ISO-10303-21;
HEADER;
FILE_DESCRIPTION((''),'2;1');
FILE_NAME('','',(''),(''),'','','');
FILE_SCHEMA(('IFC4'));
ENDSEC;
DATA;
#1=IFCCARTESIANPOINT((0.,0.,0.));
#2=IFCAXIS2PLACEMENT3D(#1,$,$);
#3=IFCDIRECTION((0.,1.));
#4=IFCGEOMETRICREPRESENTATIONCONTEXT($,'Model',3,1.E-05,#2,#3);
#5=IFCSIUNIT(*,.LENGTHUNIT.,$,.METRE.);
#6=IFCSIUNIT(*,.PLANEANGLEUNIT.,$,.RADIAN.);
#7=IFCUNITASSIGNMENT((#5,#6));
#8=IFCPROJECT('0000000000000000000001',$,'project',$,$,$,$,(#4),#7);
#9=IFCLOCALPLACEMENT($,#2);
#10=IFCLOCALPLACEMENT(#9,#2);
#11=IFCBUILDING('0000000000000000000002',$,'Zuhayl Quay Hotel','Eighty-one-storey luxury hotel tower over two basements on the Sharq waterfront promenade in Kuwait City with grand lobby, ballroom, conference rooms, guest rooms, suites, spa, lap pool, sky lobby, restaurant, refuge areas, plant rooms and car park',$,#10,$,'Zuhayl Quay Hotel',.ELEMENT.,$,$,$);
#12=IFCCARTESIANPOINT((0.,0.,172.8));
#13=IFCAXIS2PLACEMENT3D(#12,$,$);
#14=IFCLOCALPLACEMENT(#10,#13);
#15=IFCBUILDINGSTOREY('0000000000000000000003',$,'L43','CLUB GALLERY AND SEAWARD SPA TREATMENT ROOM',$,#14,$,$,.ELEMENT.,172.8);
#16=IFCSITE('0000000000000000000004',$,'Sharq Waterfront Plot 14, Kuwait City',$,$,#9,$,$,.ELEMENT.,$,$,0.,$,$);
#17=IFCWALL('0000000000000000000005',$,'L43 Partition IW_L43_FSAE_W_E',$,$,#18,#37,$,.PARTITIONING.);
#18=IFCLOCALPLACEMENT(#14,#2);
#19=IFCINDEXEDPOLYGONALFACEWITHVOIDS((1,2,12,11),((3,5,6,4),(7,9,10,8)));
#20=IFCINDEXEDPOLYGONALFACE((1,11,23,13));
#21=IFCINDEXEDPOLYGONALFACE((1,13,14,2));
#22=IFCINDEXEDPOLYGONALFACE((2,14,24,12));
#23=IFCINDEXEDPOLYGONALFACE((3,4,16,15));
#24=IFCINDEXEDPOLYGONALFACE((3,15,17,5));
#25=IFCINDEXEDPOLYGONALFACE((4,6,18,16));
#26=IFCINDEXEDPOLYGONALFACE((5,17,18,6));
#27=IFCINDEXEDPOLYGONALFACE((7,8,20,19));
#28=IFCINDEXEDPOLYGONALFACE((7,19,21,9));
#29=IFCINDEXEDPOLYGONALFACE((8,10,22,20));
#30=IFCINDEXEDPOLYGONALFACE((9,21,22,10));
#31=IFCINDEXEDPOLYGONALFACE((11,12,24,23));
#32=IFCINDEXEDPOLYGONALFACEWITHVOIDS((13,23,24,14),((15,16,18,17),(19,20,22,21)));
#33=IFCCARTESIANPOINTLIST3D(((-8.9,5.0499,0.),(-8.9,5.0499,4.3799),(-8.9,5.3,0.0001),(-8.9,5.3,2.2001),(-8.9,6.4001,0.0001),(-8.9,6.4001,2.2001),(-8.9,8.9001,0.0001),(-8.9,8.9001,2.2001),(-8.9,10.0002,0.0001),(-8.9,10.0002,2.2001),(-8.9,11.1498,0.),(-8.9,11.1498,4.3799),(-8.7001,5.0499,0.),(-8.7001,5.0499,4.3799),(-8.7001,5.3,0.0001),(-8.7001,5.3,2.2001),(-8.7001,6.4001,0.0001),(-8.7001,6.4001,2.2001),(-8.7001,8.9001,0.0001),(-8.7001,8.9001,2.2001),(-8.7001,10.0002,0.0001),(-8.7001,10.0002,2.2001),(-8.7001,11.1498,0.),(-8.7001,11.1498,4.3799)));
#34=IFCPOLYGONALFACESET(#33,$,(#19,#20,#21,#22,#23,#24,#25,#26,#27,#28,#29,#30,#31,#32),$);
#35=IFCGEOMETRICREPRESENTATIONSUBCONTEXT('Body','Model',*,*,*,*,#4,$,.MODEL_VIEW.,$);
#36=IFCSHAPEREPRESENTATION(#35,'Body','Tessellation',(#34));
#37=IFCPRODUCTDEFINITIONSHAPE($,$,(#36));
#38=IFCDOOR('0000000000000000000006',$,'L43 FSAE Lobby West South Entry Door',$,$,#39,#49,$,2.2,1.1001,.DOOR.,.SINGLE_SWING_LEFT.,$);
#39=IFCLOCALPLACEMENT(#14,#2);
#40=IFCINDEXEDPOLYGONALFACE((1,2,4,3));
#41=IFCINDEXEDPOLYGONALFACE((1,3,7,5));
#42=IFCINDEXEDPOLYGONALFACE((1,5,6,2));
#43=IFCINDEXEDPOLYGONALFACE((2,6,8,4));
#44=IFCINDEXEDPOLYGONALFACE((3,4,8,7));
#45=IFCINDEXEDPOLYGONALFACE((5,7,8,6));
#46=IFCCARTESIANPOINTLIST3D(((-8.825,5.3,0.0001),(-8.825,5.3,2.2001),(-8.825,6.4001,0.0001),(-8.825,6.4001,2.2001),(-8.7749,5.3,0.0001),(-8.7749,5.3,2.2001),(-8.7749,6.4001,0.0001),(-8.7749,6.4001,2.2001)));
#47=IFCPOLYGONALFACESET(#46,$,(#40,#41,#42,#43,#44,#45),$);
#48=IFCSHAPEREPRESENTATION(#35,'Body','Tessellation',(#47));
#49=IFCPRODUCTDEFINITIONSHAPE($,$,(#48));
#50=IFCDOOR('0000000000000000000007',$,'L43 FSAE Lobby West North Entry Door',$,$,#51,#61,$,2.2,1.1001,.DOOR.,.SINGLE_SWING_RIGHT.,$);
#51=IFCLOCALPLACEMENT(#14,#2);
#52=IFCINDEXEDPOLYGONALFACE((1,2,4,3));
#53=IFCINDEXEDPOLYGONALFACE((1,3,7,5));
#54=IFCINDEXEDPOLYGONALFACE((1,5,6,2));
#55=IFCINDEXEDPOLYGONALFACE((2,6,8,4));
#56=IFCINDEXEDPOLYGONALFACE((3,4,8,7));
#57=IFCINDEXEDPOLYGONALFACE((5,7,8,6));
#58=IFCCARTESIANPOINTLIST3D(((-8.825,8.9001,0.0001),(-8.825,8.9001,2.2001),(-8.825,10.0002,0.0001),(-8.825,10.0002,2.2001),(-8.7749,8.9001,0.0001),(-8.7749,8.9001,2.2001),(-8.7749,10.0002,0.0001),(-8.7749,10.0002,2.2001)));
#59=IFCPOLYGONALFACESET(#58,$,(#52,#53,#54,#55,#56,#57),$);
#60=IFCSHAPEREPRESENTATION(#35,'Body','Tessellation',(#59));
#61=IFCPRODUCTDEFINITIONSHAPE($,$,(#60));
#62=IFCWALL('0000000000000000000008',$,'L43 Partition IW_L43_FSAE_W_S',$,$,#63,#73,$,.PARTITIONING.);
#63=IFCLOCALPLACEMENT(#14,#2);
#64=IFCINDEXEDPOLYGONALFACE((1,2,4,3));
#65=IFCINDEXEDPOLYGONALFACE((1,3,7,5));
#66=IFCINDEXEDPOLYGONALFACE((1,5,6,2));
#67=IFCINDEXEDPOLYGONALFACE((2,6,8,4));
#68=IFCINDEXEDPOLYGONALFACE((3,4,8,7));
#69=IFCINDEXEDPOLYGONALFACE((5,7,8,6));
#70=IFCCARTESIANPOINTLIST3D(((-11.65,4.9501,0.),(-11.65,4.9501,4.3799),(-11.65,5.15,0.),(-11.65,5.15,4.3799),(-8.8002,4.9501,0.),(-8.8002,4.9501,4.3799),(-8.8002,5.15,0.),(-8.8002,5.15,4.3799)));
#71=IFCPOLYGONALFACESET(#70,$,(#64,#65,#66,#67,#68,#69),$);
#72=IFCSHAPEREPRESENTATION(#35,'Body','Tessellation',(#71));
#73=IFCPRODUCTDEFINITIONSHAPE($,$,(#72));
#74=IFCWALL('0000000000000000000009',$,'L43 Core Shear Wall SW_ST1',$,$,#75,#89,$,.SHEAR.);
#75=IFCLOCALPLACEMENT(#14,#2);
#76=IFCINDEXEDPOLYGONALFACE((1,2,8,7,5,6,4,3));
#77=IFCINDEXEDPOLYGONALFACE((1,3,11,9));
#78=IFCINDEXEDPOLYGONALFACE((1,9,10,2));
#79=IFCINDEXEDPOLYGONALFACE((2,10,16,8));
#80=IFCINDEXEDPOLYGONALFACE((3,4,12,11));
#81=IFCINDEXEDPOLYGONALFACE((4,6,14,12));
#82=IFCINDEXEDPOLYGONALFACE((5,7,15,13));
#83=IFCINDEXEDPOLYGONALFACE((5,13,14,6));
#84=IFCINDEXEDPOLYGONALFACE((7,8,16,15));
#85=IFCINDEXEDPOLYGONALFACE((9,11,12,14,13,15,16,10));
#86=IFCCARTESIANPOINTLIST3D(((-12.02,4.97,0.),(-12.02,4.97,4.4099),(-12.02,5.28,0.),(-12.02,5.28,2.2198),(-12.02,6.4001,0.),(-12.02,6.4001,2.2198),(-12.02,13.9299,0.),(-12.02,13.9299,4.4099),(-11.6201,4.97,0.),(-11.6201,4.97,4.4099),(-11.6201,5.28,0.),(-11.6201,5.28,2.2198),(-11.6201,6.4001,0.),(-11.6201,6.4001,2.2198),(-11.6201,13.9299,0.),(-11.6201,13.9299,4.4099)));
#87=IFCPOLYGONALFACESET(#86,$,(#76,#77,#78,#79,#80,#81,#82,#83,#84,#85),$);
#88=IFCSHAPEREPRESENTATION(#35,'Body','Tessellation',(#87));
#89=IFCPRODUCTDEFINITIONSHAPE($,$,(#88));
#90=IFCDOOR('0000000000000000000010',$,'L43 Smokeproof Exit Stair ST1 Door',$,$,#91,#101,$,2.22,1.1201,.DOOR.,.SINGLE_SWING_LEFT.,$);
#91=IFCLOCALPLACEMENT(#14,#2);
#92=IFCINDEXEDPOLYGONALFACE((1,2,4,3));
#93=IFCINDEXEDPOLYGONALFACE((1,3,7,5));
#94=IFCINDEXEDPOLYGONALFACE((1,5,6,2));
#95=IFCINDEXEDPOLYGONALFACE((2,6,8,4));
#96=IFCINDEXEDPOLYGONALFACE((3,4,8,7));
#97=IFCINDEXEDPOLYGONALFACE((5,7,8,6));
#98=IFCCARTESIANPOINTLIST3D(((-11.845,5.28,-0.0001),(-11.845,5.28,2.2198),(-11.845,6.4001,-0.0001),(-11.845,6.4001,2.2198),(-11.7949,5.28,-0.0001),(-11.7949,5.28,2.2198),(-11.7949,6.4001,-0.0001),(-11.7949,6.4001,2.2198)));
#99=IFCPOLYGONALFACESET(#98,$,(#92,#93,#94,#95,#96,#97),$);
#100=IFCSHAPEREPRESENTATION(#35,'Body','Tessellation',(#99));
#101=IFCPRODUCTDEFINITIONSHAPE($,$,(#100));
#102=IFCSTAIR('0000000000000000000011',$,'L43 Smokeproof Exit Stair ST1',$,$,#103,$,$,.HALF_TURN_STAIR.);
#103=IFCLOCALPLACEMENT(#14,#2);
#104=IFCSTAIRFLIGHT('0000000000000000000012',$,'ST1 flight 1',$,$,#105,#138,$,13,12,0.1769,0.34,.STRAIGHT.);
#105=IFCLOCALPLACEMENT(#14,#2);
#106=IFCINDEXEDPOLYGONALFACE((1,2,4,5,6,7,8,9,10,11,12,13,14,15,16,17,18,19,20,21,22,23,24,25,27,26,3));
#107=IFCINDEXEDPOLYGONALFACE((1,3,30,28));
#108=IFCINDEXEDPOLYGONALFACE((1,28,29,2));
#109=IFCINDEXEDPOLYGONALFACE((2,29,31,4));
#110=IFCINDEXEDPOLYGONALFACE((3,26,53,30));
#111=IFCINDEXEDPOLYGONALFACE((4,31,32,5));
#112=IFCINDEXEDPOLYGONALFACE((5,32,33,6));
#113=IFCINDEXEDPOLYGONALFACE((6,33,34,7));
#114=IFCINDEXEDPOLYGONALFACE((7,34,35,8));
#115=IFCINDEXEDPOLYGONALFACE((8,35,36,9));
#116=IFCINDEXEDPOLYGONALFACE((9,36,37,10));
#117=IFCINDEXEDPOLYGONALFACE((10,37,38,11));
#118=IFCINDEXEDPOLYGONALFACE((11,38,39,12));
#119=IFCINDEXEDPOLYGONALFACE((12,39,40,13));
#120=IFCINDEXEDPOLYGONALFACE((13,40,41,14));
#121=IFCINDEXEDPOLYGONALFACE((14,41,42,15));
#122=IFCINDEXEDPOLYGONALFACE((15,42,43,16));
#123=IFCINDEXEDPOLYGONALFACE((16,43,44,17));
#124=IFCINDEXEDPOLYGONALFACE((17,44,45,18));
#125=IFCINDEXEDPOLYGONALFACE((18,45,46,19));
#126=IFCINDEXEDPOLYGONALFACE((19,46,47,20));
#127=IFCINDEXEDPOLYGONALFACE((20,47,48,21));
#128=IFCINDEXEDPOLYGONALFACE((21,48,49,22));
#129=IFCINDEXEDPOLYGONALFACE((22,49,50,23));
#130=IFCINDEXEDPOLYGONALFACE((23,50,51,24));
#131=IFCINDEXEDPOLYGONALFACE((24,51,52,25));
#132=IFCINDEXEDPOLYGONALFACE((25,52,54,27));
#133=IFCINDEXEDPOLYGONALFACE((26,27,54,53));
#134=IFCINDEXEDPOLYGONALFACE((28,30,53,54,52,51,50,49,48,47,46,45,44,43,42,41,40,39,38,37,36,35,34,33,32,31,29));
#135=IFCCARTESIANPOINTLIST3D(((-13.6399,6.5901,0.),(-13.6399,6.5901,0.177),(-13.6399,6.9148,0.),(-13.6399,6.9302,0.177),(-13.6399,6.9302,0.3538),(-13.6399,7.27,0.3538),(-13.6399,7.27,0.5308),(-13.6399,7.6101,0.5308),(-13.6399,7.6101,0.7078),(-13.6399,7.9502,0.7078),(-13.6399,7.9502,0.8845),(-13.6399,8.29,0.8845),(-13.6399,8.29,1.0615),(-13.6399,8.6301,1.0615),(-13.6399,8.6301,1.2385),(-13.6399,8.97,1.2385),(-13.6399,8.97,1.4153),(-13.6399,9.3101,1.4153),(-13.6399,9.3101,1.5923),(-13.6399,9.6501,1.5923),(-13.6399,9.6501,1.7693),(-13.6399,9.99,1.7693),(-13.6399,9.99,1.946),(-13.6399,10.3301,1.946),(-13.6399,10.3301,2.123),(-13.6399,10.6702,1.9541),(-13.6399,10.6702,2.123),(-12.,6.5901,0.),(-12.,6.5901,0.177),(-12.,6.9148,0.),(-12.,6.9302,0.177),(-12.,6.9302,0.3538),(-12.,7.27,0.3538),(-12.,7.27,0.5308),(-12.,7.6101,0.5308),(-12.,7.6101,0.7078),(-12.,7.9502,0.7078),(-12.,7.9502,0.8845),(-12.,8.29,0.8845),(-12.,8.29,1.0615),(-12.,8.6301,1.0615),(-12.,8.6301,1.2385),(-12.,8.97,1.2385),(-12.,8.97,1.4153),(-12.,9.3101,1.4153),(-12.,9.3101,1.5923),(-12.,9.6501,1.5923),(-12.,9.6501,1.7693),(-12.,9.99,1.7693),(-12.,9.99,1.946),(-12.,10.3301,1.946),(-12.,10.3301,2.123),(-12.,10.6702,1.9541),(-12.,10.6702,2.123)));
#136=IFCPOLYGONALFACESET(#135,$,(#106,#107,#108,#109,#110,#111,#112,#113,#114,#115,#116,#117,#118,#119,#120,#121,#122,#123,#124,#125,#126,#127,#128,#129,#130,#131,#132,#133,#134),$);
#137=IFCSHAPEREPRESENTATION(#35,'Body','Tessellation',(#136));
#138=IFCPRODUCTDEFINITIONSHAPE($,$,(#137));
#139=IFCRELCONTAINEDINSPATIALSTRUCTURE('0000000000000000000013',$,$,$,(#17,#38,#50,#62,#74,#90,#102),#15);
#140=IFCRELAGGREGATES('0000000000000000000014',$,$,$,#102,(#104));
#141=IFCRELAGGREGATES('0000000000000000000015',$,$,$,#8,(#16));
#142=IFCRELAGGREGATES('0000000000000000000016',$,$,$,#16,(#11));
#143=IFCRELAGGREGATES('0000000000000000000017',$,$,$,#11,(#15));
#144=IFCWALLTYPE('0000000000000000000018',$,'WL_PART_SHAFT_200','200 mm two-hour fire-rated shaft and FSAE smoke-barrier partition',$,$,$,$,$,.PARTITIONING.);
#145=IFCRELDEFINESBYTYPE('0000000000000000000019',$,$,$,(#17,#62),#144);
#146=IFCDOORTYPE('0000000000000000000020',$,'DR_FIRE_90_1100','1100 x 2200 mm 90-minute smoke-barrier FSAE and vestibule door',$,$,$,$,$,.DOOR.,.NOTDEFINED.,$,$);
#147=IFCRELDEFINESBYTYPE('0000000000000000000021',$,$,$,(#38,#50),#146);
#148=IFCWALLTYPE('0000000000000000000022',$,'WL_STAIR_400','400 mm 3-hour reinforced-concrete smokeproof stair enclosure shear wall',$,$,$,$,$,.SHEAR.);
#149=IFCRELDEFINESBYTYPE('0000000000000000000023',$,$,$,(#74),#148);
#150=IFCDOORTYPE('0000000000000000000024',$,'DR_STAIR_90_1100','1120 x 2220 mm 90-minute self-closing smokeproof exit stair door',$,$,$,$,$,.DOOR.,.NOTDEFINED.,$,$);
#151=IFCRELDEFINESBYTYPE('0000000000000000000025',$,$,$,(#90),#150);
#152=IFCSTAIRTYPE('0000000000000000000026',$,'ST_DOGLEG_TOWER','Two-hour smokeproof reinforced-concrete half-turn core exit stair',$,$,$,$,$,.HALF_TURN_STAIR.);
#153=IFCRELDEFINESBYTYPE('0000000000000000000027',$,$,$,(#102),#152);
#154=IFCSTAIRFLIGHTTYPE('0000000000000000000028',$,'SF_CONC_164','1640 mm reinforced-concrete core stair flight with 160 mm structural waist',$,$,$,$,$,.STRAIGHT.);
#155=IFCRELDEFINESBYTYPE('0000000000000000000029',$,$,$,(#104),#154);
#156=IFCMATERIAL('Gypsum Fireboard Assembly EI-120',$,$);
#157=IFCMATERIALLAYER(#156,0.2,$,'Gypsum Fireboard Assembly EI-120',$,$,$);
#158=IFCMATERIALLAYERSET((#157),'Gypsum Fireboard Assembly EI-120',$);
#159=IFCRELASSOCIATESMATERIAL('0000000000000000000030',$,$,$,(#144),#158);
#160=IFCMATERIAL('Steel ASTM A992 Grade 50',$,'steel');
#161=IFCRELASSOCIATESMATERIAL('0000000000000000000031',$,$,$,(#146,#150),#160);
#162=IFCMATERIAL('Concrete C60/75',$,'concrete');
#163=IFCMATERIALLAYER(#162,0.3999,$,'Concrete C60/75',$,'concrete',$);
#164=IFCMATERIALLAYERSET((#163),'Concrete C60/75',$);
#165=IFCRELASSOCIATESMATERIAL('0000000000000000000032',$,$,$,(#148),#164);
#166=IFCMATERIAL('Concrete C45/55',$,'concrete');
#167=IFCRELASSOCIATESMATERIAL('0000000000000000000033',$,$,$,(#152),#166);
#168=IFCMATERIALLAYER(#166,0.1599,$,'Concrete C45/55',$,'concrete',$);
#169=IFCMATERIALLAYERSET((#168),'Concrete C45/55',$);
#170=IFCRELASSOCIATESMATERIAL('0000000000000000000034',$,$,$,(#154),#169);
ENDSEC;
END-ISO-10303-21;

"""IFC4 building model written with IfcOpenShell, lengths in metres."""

from ifc_helpers import new_model, si_unit, direction, frame, frame_2d, origin, place, context, subcontext, project, spatial, polyline, rectangle, outline, extrude, material, layer, layer_set, type_object, element, fill, aggregate, save


model = new_model("IFC4")

# Units and contexts
model_context = context("Model", 3, precision=1e-05, world=origin(), true_north=direction((0.0, 1.0)))
body_context = subcontext(model_context, "Body", "Model", "MODEL_VIEW")
ifc_project = project(units=[si_unit("LENGTHUNIT", "METRE"), si_unit("PLANEANGLEUNIT", "RADIAN")], contexts=[model_context])

# Site, building, storey
site_placement = place(None, origin())
site = spatial("IfcSite", under=ifc_project, at=site_placement, Name="Sharq Waterfront Plot 14, Kuwait City", CompositionType="ELEMENT", RefElevation=0.0)
building_placement = place(site_placement, origin())
building = spatial("IfcBuilding", under=site, at=building_placement, Name="Zuhayl Quay Hotel", Description="Eighty-one-storey luxury hotel tower over two basements on the Sharq waterfront promenade in Kuwait City with grand lobby, ballroom, conference rooms, guest rooms, suites, spa, lap pool, sky lobby, restaurant, refuge areas, plant rooms and car park", LongName="Zuhayl Quay Hotel", CompositionType="ELEMENT")
storey_placement = place(building_placement, frame((0.0, 0.0, 172.8)))
storey = spatial("IfcBuildingStorey", under=building, at=storey_placement, Name="L43", Description="CLUB GALLERY AND SEAWARD SPA TREATMENT ROOM", CompositionType="ELEMENT", Elevation=172.8)

# Shared definitions
ifc_material_1 = material(Name="Concrete C60/75", Category="concrete")

# Shared definitions
ifc_material_2 = material(Name="Steel ASTM A992 Grade 50", Category="steel")

# Wall, openings, doors
ifc_material_3 = material(Name="Gypsum Fireboard Assembly EI-120")
ifc_layer_1 = layer(ifc_material_3, 0.2, Name="Gypsum Fireboard Assembly EI-120")
ifc_layer_set_1 = layer_set([ifc_layer_1], Name="Gypsum Fireboard Assembly EI-120")
wall_type_1 = type_object("IfcWallType", Name="WL_PART_SHAFT_200", Description="200 mm two-hour fire-rated shaft and FSAE smoke-barrier partition", PredefinedType="PARTITIONING", material=ifc_layer_set_1)
wall_1_placement = place(storey_placement, frame((-8.8, 5.05, 0.0), z_axis=(0.0, 0.0, 1.0), x_axis=(0.0, 1.0, 0.0)))
wall_1 = element("IfcWall", 1, at=wall_1_placement, inside=storey, type_object=wall_type_1, Name="L43 Partition IW_L43_FSAE_W_E", PredefinedType="PARTITIONING", context=body_context, shape_type="SweptSolid", body=[
    extrude(rectangle(XDim=6.0999, YDim=0.2, at=frame_2d((3.0498, 0.0))), origin(), (0.0, 0.0, 1.0), 4.3799),
])
opening_1_placement = place(wall_1_placement, frame((0.25, 0.0, 0.0)))
opening_1 = element("IfcOpeningElement", 2, at=opening_1_placement, cuts=wall_1, PredefinedType="OPENING", context=body_context, shape_type="SweptSolid", body=[
    extrude(rectangle(XDim=1.1001, YDim=2.2, at=frame_2d((0.55, 1.1001))), frame((0.0, 0.1099, 0.0), z_axis=(0.0, -1.0, 0.0), x_axis=(1.0, 0.0, 0.0)), (0.0, 0.0, 1.0), 0.22),
])
opening_2_placement = place(wall_1_placement, frame((3.8501, 0.0, 0.0)))
opening_2 = element("IfcOpeningElement", 3, at=opening_2_placement, cuts=wall_1, PredefinedType="OPENING", context=body_context, shape_type="SweptSolid", body=[
    extrude(rectangle(XDim=1.1001, YDim=2.2, at=frame_2d((0.55, 1.1001))), frame((0.0, 0.1099, 0.0), z_axis=(0.0, -1.0, 0.0), x_axis=(1.0, 0.0, 0.0)), (0.0, 0.0, 1.0), 0.22),
])
door_type_1 = type_object("IfcDoorType", Name="DR_FIRE_90_1100", Description="1100 x 2200 mm 90-minute smoke-barrier FSAE and vestibule door", OperationType="NOTDEFINED", PredefinedType="DOOR", material=ifc_material_2)
door_1_placement = place(opening_1_placement, origin())
door_1 = element("IfcDoor", 4, at=door_1_placement, inside=storey, type_object=door_type_1, Name="L43 FSAE Lobby West South Entry Door", OperationType="SINGLE_SWING_LEFT", OverallHeight=2.2, OverallWidth=1.1001, PredefinedType="DOOR", context=body_context, shape_type="SweptSolid", body=[
    extrude(rectangle(XDim=1.1001, YDim=2.2, at=frame_2d((0.55, 1.1001))), frame((0.0, 0.0249, 0.0), z_axis=(0.0, -1.0, 0.0), x_axis=(1.0, 0.0, 0.0)), (0.0, 0.0, 1.0), 0.05),
])
fill(opening_1, door_1)
door_2_placement = place(opening_2_placement, origin())
door_2 = element("IfcDoor", 5, at=door_2_placement, inside=storey, type_object=door_type_1, Name="L43 FSAE Lobby West North Entry Door", OperationType="SINGLE_SWING_RIGHT", OverallHeight=2.2, OverallWidth=1.1001, PredefinedType="DOOR", context=body_context, shape_type="SweptSolid", body=[
    extrude(rectangle(XDim=1.1001, YDim=2.2, at=frame_2d((0.55, 1.1001))), frame((0.0, 0.0249, 0.0), z_axis=(0.0, -1.0, 0.0), x_axis=(1.0, 0.0, 0.0)), (0.0, 0.0, 1.0), 0.05),
])
fill(opening_2, door_2)

# Wall
wall_2_placement = place(storey_placement, frame((-11.6499, 5.05, 0.0), z_axis=(0.0, 0.0, 1.0), x_axis=(1.0, 0.0, 0.0)))
element("IfcWall", 6, at=wall_2_placement, inside=storey, type_object=wall_type_1, Name="L43 Partition IW_L43_FSAE_W_S", PredefinedType="PARTITIONING", context=body_context, shape_type="SweptSolid", body=[
    extrude(rectangle(XDim=2.8499, YDim=0.2, at=frame_2d((1.4248, 0.0))), origin(), (0.0, 0.0, 1.0), 4.3799),
])

# Wall, opening, door
ifc_layer_2 = layer(ifc_material_1, 0.3999, Name="Concrete C60/75", Category="concrete")
ifc_layer_set_2 = layer_set([ifc_layer_2], Name="Concrete C60/75")
wall_type_2 = type_object("IfcWallType", Name="WL_STAIR_400", Description="400 mm 3-hour reinforced-concrete smokeproof stair enclosure shear wall", PredefinedType="SHEAR", material=ifc_layer_set_2)
wall_3_placement = place(storey_placement, frame((-11.8201, 4.97, 0.0), z_axis=(0.0, 0.0, 1.0), x_axis=(0.0, 1.0, 0.0)))
wall_3 = element("IfcWall", 7, at=wall_3_placement, inside=storey, type_object=wall_type_2, Name="L43 Core Shear Wall SW_ST1", PredefinedType="SHEAR", context=body_context, shape_type="SweptSolid", body=[
    extrude(rectangle(XDim=8.96, YDim=0.3999, at=frame_2d((4.48, 0.0))), origin(), (0.0, 0.0, 1.0), 4.4099),
])
opening_3_placement = place(wall_3_placement, frame((0.3101, 0.0, 0.0)))
opening_3 = element("IfcOpeningElement", 8, at=opening_3_placement, cuts=wall_3, PredefinedType="OPENING", context=body_context, shape_type="SweptSolid", body=[
    extrude(rectangle(XDim=1.1201, YDim=2.22, at=frame_2d((0.5601, 1.1099))), frame((0.0, 0.21, 0.0), z_axis=(0.0, -1.0, 0.0), x_axis=(1.0, 0.0, 0.0)), (0.0, 0.0, 1.0), 0.4199),
])
door_type_2 = type_object("IfcDoorType", Name="DR_STAIR_90_1100", Description="1120 x 2220 mm 90-minute self-closing smokeproof exit stair door", OperationType="NOTDEFINED", PredefinedType="DOOR", material=ifc_material_2)
door_3_placement = place(opening_3_placement, origin())
door_3 = element("IfcDoor", 9, at=door_3_placement, inside=storey, type_object=door_type_2, Name="L43 Smokeproof Exit Stair ST1 Door", OperationType="SINGLE_SWING_LEFT", OverallHeight=2.22, OverallWidth=1.1201, PredefinedType="DOOR", context=body_context, shape_type="SweptSolid", body=[
    extrude(rectangle(XDim=1.1201, YDim=2.22, at=frame_2d((0.5601, 1.1099))), frame((0.0, 0.0249, 0.0), z_axis=(0.0, -1.0, 0.0), x_axis=(1.0, 0.0, 0.0)), (0.0, 0.0, 1.0), 0.05),
])
fill(opening_3, door_3)

# Stair, stair flight
ifc_material_4 = material(Name="Concrete C45/55", Category="concrete")
stair_type = type_object("IfcStairType", Name="ST_DOGLEG_TOWER", Description="Two-hour smokeproof reinforced-concrete half-turn core exit stair", PredefinedType="HALF_TURN_STAIR", material=ifc_material_4)
stair_placement = place(storey_placement, origin())
stair = element("IfcStair", 10, at=stair_placement, inside=storey, type_object=stair_type, Name="L43 Smokeproof Exit Stair ST1", PredefinedType="HALF_TURN_STAIR")
ifc_layer_3 = layer(ifc_material_4, 0.1599, Name="Concrete C45/55", Category="concrete")
ifc_layer_set_3 = layer_set([ifc_layer_3], Name="Concrete C45/55")
stair_flight_type = type_object("IfcStairFlightType", Name="SF_CONC_164", Description="1640 mm reinforced-concrete core stair flight with 160 mm structural waist", PredefinedType="STRAIGHT", material=ifc_layer_set_3)
stair_flight_placement = place(storey_placement, frame((-12.8201, 6.5901, 0.0), z_axis=(0.0, 0.0, 1.0), x_axis=(0.0, 1.0, 0.0)))
stair_flight = element("IfcStairFlight", 11, at=stair_flight_placement, type_object=stair_flight_type, Name="ST1 flight 1", NumberOfRisers=13, NumberOfTreads=12, PredefinedType="STRAIGHT", RiserHeight=0.1769, TreadLength=0.34, context=body_context, shape_type="SweptSolid", body=[
    extrude(outline(polyline([(0.0, 0.0), (0.0, 0.177), (0.3401, 0.177), (0.3401, 0.3538), (0.6799, 0.3538), (0.6799, 0.5308), (1.02, 0.5308), (1.02, 0.7078), (1.3601, 0.7078), (1.3601, 0.8845), (1.7, 0.8845), (1.7, 1.0615), (2.04, 1.0615), (2.04, 1.2385), (2.3799, 1.2385), (2.3799, 1.4153), (2.72, 1.4153), (2.72, 1.5923), (3.0601, 1.5923), (3.0601, 1.7693), (3.3999, 1.7693), (3.3999, 1.946), (3.74, 1.946), (3.74, 2.123), (4.0801, 2.123), (4.0801, 2.3), (4.0801, 1.9541), (0.3247, 0.0), (0.0, 0.0)])), frame((0.0, 0.8198, 0.0), z_axis=(0.0, -1.0, 0.0), x_axis=(1.0, 0.0, 0.0)), (0.0, 0.0, 1.0), 1.6399),
])
aggregate(stair, [stair_flight])

save(model, "model.ifc")
